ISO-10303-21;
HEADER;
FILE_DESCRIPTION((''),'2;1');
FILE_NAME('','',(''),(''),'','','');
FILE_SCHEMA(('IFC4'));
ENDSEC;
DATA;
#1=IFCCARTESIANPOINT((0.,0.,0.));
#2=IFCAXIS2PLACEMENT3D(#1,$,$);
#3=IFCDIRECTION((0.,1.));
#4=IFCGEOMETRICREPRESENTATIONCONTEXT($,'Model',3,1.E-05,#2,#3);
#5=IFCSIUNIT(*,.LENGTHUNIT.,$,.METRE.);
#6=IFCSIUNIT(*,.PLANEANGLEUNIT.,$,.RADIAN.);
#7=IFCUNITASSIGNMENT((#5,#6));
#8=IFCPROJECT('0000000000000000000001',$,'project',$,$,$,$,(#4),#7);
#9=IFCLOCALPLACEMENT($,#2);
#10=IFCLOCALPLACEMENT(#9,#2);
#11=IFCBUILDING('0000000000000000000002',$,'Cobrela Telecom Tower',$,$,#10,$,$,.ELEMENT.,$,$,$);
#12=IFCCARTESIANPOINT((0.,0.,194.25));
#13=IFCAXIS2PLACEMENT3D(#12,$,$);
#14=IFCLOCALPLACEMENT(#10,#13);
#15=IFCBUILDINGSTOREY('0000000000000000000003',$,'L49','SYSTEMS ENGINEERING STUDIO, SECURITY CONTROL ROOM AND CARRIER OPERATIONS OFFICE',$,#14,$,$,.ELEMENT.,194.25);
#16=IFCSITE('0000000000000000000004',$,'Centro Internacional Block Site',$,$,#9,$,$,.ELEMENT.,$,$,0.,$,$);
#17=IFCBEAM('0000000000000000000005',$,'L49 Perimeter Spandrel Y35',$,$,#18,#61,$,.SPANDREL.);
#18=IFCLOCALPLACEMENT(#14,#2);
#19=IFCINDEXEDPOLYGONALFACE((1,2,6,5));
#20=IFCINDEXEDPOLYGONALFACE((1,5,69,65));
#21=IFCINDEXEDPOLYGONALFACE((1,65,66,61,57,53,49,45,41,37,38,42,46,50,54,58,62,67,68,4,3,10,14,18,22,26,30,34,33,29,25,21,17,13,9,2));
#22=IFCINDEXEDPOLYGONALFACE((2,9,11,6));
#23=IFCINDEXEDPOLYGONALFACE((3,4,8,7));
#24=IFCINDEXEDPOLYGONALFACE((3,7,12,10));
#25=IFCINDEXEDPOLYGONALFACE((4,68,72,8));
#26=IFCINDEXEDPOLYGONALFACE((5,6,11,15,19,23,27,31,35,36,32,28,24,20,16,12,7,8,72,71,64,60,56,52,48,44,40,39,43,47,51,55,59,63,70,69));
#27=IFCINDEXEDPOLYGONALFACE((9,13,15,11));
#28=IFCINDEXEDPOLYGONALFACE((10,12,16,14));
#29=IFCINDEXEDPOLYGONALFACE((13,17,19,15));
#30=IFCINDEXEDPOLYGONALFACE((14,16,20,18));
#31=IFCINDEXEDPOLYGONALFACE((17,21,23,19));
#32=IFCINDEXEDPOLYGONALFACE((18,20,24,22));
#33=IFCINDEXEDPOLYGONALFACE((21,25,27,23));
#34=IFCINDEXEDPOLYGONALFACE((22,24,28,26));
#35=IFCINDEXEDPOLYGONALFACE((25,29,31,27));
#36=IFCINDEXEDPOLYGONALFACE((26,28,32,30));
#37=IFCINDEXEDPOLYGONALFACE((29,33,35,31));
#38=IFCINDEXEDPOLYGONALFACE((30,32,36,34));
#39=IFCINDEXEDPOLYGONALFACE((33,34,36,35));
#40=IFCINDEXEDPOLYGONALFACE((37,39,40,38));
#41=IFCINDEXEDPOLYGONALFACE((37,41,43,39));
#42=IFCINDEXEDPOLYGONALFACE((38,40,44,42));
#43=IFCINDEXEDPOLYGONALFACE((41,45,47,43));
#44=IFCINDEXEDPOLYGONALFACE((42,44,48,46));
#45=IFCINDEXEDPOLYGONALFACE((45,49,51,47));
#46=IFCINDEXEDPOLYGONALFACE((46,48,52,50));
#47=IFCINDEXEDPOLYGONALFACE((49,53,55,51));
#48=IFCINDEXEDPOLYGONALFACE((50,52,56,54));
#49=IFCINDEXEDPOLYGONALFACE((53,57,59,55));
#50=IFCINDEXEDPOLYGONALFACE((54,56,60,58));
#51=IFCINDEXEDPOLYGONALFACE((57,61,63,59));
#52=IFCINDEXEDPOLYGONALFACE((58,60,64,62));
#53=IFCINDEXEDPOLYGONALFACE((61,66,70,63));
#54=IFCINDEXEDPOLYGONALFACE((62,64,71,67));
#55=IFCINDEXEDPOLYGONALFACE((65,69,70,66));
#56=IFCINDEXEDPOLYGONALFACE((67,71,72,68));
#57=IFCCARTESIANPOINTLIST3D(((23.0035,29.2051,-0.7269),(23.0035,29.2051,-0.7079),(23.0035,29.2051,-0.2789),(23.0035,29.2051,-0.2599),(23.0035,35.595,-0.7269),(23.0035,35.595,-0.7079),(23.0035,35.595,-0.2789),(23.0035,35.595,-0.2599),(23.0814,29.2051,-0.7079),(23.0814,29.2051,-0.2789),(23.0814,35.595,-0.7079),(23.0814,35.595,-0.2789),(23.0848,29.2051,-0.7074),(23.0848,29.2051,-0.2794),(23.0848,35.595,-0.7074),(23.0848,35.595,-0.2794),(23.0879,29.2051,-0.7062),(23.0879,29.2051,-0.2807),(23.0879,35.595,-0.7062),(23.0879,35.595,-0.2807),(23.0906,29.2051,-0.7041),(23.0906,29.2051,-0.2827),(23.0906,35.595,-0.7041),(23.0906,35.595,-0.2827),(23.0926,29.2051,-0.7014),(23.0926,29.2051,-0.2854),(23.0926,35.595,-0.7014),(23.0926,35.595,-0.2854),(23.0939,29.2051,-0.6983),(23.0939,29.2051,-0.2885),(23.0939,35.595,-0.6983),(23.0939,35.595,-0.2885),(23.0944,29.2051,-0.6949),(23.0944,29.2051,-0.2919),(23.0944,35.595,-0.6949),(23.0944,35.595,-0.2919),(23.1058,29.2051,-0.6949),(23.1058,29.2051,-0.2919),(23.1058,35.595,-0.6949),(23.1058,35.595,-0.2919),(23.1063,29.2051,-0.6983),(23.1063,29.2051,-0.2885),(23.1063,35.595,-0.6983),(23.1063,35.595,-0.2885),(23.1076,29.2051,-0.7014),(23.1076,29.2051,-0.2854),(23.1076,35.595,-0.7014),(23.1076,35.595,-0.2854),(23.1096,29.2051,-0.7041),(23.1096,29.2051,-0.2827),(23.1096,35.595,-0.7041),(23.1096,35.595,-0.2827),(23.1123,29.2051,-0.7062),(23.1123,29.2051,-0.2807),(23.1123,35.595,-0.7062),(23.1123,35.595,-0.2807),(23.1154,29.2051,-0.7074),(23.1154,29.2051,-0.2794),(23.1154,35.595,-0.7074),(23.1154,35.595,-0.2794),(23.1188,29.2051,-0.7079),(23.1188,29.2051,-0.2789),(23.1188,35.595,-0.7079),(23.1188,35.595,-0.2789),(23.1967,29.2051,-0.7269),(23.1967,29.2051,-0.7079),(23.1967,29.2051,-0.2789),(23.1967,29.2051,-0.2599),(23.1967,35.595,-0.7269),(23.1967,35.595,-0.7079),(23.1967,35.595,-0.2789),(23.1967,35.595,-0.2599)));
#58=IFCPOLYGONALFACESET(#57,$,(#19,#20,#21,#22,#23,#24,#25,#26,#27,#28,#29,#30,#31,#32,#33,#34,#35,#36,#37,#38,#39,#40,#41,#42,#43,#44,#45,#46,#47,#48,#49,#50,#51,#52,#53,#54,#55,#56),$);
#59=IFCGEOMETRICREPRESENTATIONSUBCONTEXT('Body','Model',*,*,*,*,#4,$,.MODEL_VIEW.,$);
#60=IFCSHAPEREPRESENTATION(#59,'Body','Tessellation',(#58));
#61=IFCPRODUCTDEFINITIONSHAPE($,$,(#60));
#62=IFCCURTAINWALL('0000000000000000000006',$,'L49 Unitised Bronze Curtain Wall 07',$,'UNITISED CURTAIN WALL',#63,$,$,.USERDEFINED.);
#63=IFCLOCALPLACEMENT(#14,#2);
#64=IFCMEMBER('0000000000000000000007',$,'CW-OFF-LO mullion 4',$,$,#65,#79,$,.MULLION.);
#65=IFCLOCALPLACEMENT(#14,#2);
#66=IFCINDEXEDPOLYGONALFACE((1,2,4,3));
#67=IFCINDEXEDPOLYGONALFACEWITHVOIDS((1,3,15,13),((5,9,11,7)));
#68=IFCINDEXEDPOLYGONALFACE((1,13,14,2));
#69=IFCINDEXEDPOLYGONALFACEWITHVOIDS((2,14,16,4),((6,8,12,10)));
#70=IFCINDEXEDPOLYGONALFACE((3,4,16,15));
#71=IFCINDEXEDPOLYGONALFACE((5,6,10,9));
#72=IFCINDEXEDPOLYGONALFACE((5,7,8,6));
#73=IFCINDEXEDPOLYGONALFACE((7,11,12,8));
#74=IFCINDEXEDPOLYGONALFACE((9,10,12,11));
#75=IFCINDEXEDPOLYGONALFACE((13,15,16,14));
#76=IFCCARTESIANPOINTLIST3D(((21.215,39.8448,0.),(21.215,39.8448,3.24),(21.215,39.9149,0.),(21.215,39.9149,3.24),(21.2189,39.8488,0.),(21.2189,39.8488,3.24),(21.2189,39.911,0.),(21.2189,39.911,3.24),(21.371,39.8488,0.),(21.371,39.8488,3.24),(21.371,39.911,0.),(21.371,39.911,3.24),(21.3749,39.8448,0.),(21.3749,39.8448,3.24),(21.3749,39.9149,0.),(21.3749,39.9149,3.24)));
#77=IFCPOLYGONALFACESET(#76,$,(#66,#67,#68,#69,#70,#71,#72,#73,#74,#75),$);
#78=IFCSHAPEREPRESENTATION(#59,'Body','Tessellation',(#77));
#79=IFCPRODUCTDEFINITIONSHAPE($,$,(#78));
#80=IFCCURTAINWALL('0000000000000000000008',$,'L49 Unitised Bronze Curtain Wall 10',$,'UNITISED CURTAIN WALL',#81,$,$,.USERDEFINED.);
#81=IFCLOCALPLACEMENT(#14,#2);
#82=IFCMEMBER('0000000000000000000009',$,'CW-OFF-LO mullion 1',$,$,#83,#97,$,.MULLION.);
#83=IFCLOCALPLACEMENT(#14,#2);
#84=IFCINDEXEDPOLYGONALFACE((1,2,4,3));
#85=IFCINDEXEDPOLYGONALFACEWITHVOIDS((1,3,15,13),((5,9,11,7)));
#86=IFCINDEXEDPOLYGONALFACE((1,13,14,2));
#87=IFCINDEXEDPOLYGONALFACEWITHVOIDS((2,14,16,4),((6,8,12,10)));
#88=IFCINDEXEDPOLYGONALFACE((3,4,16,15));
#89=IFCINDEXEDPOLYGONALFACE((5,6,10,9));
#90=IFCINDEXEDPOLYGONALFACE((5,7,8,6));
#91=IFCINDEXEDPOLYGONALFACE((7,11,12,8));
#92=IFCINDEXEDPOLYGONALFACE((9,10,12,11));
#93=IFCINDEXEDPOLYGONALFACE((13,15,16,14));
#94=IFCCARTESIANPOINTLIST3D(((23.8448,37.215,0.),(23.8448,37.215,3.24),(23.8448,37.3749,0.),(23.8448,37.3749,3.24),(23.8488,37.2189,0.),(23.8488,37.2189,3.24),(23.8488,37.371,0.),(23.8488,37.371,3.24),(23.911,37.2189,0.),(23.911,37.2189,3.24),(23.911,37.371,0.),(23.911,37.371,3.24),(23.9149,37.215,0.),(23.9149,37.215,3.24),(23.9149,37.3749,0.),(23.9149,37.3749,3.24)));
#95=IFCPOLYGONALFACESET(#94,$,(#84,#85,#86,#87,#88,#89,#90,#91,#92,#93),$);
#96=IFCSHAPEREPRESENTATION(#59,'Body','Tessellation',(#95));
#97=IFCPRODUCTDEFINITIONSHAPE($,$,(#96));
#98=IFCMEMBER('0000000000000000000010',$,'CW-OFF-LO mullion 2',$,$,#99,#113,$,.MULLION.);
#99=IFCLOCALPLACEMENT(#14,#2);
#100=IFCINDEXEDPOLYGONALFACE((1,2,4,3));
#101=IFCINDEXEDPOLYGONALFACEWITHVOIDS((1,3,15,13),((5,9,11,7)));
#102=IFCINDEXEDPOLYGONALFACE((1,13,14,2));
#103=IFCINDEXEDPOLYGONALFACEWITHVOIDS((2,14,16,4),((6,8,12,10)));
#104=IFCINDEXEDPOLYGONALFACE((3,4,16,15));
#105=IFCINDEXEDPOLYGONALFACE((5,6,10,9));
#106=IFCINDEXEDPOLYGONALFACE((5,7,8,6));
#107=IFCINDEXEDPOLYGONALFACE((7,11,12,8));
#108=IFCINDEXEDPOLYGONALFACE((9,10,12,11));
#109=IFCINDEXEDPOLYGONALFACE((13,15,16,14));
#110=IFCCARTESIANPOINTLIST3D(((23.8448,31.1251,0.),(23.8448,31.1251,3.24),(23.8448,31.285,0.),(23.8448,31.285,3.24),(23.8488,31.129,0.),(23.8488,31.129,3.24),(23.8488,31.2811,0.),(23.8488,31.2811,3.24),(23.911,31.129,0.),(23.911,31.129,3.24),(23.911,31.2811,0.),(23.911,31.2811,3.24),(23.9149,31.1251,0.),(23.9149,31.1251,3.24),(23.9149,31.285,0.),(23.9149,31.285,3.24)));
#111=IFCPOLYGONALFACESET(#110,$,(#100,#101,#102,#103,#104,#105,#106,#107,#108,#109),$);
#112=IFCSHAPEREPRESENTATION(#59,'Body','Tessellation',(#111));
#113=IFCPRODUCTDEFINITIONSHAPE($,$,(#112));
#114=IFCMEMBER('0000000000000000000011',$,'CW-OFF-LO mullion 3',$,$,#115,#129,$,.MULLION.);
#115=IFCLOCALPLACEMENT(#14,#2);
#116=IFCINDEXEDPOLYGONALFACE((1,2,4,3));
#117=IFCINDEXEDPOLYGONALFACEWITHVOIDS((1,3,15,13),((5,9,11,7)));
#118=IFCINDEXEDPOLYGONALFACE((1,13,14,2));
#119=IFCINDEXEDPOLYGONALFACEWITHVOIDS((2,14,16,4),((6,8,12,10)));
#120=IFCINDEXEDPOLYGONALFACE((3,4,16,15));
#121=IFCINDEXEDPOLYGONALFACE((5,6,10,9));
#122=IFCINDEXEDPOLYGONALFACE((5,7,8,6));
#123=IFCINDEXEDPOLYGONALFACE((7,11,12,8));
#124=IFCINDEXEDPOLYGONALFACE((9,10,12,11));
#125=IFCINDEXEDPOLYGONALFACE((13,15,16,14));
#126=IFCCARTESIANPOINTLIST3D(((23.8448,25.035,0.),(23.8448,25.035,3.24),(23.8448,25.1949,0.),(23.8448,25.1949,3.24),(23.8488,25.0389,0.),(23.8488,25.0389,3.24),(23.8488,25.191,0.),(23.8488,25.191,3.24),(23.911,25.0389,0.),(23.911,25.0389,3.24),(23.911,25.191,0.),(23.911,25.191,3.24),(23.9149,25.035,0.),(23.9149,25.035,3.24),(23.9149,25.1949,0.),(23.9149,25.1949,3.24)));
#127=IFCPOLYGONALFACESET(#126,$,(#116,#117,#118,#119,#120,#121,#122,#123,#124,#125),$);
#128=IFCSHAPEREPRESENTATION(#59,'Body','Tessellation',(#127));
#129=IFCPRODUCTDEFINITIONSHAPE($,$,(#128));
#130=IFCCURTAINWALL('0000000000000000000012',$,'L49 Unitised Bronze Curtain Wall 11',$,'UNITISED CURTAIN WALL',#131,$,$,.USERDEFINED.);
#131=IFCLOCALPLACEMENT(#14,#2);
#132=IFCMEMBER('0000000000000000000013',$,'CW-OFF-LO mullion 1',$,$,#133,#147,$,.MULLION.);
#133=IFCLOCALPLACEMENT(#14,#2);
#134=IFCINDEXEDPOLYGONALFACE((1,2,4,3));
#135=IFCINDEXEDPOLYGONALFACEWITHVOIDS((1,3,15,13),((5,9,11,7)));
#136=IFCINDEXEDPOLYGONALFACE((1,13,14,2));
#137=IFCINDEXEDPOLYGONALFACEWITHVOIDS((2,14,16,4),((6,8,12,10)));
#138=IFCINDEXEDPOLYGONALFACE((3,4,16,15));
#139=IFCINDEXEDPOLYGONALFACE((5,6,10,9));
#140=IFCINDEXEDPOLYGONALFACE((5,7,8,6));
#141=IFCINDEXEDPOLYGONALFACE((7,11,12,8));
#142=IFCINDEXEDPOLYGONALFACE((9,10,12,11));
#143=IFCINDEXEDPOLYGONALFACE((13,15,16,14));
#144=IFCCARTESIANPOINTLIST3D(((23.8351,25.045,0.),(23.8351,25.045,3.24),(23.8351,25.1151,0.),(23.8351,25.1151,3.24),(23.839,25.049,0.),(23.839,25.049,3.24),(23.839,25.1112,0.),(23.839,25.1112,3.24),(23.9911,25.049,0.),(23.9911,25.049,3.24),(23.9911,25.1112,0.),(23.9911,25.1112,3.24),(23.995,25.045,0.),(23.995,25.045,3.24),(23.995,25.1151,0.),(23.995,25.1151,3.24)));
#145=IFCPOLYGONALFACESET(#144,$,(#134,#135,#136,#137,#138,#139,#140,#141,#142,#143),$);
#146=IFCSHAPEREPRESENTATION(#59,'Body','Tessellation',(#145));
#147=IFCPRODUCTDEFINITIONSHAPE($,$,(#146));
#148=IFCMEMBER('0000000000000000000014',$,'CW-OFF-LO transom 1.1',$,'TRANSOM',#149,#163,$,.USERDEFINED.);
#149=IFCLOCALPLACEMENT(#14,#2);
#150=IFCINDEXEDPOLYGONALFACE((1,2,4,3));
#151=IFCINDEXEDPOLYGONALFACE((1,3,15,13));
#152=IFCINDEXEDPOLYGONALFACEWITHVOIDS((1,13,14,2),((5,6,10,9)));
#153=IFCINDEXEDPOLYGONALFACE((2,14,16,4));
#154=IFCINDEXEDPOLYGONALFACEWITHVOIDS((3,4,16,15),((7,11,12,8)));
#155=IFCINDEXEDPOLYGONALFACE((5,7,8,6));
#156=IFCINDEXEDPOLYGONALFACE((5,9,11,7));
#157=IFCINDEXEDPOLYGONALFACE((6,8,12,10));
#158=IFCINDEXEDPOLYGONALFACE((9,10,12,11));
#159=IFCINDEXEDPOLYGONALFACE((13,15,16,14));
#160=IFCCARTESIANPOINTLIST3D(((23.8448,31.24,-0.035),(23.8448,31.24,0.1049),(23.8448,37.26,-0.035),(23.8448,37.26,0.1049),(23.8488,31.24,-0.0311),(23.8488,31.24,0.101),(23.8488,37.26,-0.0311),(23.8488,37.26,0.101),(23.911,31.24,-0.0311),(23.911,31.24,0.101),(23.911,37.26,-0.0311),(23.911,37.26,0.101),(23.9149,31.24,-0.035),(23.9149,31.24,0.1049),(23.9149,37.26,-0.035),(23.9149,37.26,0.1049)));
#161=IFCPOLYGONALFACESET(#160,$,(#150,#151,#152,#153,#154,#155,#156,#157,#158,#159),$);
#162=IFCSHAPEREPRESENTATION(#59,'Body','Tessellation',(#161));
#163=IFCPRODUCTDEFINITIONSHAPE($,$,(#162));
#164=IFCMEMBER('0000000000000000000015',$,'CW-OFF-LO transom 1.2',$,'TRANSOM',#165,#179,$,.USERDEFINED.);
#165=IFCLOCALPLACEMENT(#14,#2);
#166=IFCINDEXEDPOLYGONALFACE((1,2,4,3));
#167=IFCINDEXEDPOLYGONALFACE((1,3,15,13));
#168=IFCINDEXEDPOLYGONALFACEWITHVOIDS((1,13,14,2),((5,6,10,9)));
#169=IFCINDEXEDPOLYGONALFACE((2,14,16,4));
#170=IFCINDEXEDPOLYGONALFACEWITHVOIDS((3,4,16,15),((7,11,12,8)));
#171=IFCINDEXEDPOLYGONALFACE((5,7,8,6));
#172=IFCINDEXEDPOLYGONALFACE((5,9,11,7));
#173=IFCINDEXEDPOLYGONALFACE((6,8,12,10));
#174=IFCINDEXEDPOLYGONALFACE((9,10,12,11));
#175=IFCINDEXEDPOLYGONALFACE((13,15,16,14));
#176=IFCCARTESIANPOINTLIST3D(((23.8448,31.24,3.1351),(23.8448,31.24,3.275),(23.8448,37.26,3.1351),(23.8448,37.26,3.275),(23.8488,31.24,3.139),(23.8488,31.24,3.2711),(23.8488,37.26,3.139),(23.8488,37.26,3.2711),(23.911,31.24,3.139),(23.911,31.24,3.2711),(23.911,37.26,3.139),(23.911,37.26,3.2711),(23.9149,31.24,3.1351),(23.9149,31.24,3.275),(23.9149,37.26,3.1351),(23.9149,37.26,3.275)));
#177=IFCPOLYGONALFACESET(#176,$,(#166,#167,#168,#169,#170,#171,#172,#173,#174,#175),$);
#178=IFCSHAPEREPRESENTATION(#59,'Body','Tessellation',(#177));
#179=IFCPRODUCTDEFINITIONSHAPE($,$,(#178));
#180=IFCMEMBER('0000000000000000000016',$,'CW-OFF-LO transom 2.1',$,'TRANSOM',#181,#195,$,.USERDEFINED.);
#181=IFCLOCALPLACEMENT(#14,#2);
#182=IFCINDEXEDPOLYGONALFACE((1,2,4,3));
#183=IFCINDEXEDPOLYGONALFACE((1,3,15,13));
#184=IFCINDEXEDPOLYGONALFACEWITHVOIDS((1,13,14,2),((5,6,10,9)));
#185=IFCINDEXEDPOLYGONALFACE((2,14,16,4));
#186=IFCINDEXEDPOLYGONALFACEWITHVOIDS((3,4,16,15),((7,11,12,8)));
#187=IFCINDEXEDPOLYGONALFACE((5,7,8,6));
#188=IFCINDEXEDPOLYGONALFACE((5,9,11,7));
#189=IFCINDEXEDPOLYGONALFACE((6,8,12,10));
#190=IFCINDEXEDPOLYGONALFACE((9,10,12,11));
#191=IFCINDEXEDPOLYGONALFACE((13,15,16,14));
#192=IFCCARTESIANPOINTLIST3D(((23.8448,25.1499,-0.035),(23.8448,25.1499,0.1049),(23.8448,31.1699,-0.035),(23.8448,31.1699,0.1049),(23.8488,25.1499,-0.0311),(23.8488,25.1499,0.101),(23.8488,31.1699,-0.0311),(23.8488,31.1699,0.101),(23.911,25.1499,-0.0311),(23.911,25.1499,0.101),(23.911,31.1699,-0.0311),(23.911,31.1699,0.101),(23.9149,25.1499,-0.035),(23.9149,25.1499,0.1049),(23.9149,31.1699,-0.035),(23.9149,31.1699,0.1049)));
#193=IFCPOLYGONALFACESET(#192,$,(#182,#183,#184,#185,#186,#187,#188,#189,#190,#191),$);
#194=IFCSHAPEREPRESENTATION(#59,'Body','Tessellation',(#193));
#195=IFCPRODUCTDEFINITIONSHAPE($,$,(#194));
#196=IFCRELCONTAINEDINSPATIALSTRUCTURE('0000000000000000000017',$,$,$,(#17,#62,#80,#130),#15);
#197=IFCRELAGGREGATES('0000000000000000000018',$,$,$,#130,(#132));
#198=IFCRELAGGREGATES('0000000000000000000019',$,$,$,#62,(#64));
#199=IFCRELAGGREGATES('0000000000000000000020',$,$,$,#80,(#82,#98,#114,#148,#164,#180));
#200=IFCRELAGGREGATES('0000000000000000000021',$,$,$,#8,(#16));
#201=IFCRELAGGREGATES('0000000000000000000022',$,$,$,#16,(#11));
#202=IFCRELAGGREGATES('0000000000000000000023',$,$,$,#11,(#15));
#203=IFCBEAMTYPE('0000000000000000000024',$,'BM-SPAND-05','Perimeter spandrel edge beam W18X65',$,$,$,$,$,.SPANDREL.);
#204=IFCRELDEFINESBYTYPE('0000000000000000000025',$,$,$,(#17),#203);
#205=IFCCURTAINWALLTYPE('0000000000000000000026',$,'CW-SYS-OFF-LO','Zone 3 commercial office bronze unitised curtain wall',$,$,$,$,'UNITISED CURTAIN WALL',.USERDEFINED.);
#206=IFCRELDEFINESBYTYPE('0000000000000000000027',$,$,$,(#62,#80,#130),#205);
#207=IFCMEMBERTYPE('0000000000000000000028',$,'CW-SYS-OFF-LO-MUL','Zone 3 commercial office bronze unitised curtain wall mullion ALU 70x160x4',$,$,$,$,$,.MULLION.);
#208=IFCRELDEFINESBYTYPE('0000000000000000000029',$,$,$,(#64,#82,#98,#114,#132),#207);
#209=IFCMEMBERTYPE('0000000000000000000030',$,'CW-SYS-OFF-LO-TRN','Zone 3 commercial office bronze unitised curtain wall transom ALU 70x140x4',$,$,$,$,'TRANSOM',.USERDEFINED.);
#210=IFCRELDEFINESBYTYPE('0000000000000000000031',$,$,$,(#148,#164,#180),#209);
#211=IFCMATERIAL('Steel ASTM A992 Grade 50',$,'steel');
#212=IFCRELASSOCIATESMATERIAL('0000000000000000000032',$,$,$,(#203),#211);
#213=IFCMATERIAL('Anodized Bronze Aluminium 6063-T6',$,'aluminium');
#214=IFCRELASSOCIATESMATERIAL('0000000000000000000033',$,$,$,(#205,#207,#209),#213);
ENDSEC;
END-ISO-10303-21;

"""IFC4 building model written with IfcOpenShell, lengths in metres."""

from ifc_helpers import new_model, si_unit, direction, frame, origin, origin_2d, place, context, subcontext, project, spatial, hollow_rectangle, i_section, extrude, material, material_profile, profile_set, type_object, element, aggregate, save


model = new_model("IFC4")

# Units and contexts
model_context = context("Model", 3, precision=1e-05, world=origin(), true_north=direction((0.0, 1.0)))
body_context = subcontext(model_context, "Body", "Model", "MODEL_VIEW")
ifc_project = project(units=[si_unit("LENGTHUNIT", "METRE"), si_unit("PLANEANGLEUNIT", "RADIAN")], contexts=[model_context])

# Site, building, storey
site_placement = place(None, origin())
site = spatial("IfcSite", under=ifc_project, at=site_placement, Name="Centro Internacional Block Site", CompositionType="ELEMENT", RefElevation=0.0)
building_placement = place(site_placement, origin())
building = spatial("IfcBuilding", under=site, at=building_placement, Name="Cobrela Telecom Tower", CompositionType="ELEMENT")
storey_placement = place(building_placement, frame((0.0, 0.0, 194.25)))
storey = spatial("IfcBuildingStorey", under=building, at=storey_placement, Name="L49", Description="SYSTEMS ENGINEERING STUDIO, SECURITY CONTROL ROOM AND CARRIER OPERATIONS OFFICE", CompositionType="ELEMENT", Elevation=194.25)

# Shared definitions
ifc_material_1 = material(Name="Steel ASTM A992 Grade 50", Category="steel")

# Beam
ifc_material_profile_1 = material_profile(ifc_material_1, i_section(OverallWidth=0.1931, OverallDepth=0.467, WebThickness=0.0115, FlangeThickness=0.019, FilletRadius=0.0129, at=origin_2d()), Name="W18X65")
ifc_profile_set_1 = profile_set([ifc_material_profile_1], Name="Steel ASTM A992 Grade 50")
beam_type_1 = type_object("IfcBeamType", Name="BM-SPAND-05", Description="Perimeter spandrel edge beam W18X65", PredefinedType="SPANDREL", material=ifc_profile_set_1)
beam_1_placement = place(storey_placement, frame((23.1001, 29.2051, -0.4934), z_axis=(0.0, 1.0, 0.0), x_axis=(-1.0, 0.0, 0.0)))
element("IfcBeam", 1, at=beam_1_placement, inside=storey, type_object=beam_type_1, Name="L49 Perimeter Spandrel Y35", PredefinedType="SPANDREL", context=body_context, shape_type="SweptSolid", body=[
    extrude(i_section(OverallWidth=0.1931, OverallDepth=0.467, WebThickness=0.0115, FlangeThickness=0.019, FilletRadius=0.0129, at=origin_2d()), origin(), (0.0, 0.0, 1.0), 6.3899),
])

# Curtain wall, member
ifc_material_2 = material(Name="Anodized Bronze Aluminium 6063-T6", Category="aluminium")
curtain_wall_type = type_object("IfcCurtainWallType", Name="CW-SYS-OFF-LO", Description="Zone 3 commercial office bronze unitised curtain wall", ElementType="UNITISED CURTAIN WALL", PredefinedType="USERDEFINED", material=ifc_material_2)
curtain_wall_1_placement = place(storey_placement, origin())
curtain_wall_1 = element("IfcCurtainWall", 2, at=curtain_wall_1_placement, inside=storey, type_object=curtain_wall_type, Name="L49 Unitised Bronze Curtain Wall 07", ObjectType="UNITISED CURTAIN WALL", PredefinedType="USERDEFINED")
ifc_material_profile_2 = material_profile(ifc_material_2, hollow_rectangle(XDim=0.0701, YDim=0.1599, WallThickness=0.0039, at=origin_2d()), Name="ALU 70x160x4")
ifc_profile_set_2 = profile_set([ifc_material_profile_2], Name="Anodized Bronze Aluminium 6063-T6")
member_type_1 = type_object("IfcMemberType", Name="CW-SYS-OFF-LO-MUL", Description="Zone 3 commercial office bronze unitised curtain wall mullion ALU 70x160x4", PredefinedType="MULLION", material=ifc_profile_set_2)
member_1_placement = place(storey_placement, frame((21.2949, 39.8799, 0.0), z_axis=(0.0, 0.0, 1.0), x_axis=(0.0, 1.0, 0.0)))
member_1 = element("IfcMember", 3, at=member_1_placement, type_object=member_type_1, Name="CW-OFF-LO mullion 4", PredefinedType="MULLION", context=body_context, shape_type="SweptSolid", body=[
    extrude(hollow_rectangle(XDim=0.0701, YDim=0.1599, WallThickness=0.0039, at=origin_2d()), origin(), (0.0, 0.0, 1.0), 3.24),
])

# Curtain wall, members
curtain_wall_2_placement = place(storey_placement, origin())
curtain_wall_2 = element("IfcCurtainWall", 4, at=curtain_wall_2_placement, inside=storey, type_object=curtain_wall_type, Name="L49 Unitised Bronze Curtain Wall 10", ObjectType="UNITISED CURTAIN WALL", PredefinedType="USERDEFINED")
member_2_placement = place(storey_placement, frame((23.8799, 37.2949, 0.0), z_axis=(0.0, 0.0, 1.0), x_axis=(1.0, 0.0, 0.0)))
member_2 = element("IfcMember", 5, at=member_2_placement, type_object=member_type_1, Name="CW-OFF-LO mullion 1", PredefinedType="MULLION", context=body_context, shape_type="SweptSolid", body=[
    extrude(hollow_rectangle(XDim=0.0701, YDim=0.1599, WallThickness=0.0039, at=origin_2d()), origin(), (0.0, 0.0, 1.0), 3.24),
])
member_3_placement = place(storey_placement, frame((23.8799, 31.2051, 0.0), z_axis=(0.0, 0.0, 1.0), x_axis=(1.0, 0.0, 0.0)))
member_3 = element("IfcMember", 6, at=member_3_placement, type_object=member_type_1, Name="CW-OFF-LO mullion 2", PredefinedType="MULLION", context=body_context, shape_type="SweptSolid", body=[
    extrude(hollow_rectangle(XDim=0.0701, YDim=0.1599, WallThickness=0.0039, at=origin_2d()), origin(), (0.0, 0.0, 1.0), 3.24),
])
member_4_placement = place(storey_placement, frame((23.8799, 25.115, 0.0), z_axis=(0.0, 0.0, 1.0), x_axis=(1.0, 0.0, 0.0)))
member_4 = element("IfcMember", 7, at=member_4_placement, type_object=member_type_1, Name="CW-OFF-LO mullion 3", PredefinedType="MULLION", context=body_context, shape_type="SweptSolid", body=[
    extrude(hollow_rectangle(XDim=0.0701, YDim=0.1599, WallThickness=0.0039, at=origin_2d()), origin(), (0.0, 0.0, 1.0), 3.24),
])

# Curtain wall, member
curtain_wall_3_placement = place(storey_placement, origin())
curtain_wall_3 = element("IfcCurtainWall", 8, at=curtain_wall_3_placement, inside=storey, type_object=curtain_wall_type, Name="L49 Unitised Bronze Curtain Wall 11", ObjectType="UNITISED CURTAIN WALL", PredefinedType="USERDEFINED")
member_5_placement = place(storey_placement, frame((23.915, 25.0801, 0.0), z_axis=(0.0, 0.0, 1.0), x_axis=(0.0, 1.0, 0.0)))
member_5 = element("IfcMember", 9, at=member_5_placement, type_object=member_type_1, Name="CW-OFF-LO mullion 1", PredefinedType="MULLION", context=body_context, shape_type="SweptSolid", body=[
    extrude(hollow_rectangle(XDim=0.0701, YDim=0.1599, WallThickness=0.0039, at=origin_2d()), origin(), (0.0, 0.0, 1.0), 3.24),
])

# Members
ifc_material_profile_3 = material_profile(ifc_material_2, hollow_rectangle(XDim=0.0701, YDim=0.1399, WallThickness=0.0039, at=origin_2d()), Name="ALU 70x140x4")
ifc_profile_set_3 = profile_set([ifc_material_profile_3], Name="Anodized Bronze Aluminium 6063-T6")
member_type_2 = type_object("IfcMemberType", Name="CW-SYS-OFF-LO-TRN", Description="Zone 3 commercial office bronze unitised curtain wall transom ALU 70x140x4", ElementType="TRANSOM", PredefinedType="USERDEFINED", material=ifc_profile_set_3)
member_6_placement = place(storey_placement, frame((23.8799, 37.26, 0.0349), z_axis=(0.0, -1.0, 0.0), x_axis=(1.0, 0.0, 0.0)))
member_6 = element("IfcMember", 10, at=member_6_placement, type_object=member_type_2, Name="CW-OFF-LO transom 1.1", ObjectType="TRANSOM", PredefinedType="USERDEFINED", context=body_context, shape_type="SweptSolid", body=[
    extrude(hollow_rectangle(XDim=0.0701, YDim=0.1399, WallThickness=0.0039, at=origin_2d()), origin(), (0.0, 0.0, 1.0), 6.02),
])
member_7_placement = place(storey_placement, frame((23.8799, 37.26, 3.2051), z_axis=(0.0, -1.0, 0.0), x_axis=(1.0, 0.0, 0.0)))
member_7 = element("IfcMember", 11, at=member_7_placement, type_object=member_type_2, Name="CW-OFF-LO transom 1.2", ObjectType="TRANSOM", PredefinedType="USERDEFINED", context=body_context, shape_type="SweptSolid", body=[
    extrude(hollow_rectangle(XDim=0.0701, YDim=0.1399, WallThickness=0.0039, at=origin_2d()), origin(), (0.0, 0.0, 1.0), 6.02),
])
member_8_placement = place(storey_placement, frame((23.8799, 31.1699, 0.0349), z_axis=(0.0, -1.0, 0.0), x_axis=(1.0, 0.0, 0.0)))
member_8 = element("IfcMember", 12, at=member_8_placement, type_object=member_type_2, Name="CW-OFF-LO transom 2.1", ObjectType="TRANSOM", PredefinedType="USERDEFINED", context=body_context, shape_type="SweptSolid", body=[
    extrude(hollow_rectangle(XDim=0.0701, YDim=0.1399, WallThickness=0.0039, at=origin_2d()), origin(), (0.0, 0.0, 1.0), 6.02),
])
aggregate(curtain_wall_3, [member_5])

aggregate(curtain_wall_1, [member_1])
aggregate(curtain_wall_2, [member_2, member_3, member_4, member_6, member_7, member_8])

save(model, "model.ifc")
